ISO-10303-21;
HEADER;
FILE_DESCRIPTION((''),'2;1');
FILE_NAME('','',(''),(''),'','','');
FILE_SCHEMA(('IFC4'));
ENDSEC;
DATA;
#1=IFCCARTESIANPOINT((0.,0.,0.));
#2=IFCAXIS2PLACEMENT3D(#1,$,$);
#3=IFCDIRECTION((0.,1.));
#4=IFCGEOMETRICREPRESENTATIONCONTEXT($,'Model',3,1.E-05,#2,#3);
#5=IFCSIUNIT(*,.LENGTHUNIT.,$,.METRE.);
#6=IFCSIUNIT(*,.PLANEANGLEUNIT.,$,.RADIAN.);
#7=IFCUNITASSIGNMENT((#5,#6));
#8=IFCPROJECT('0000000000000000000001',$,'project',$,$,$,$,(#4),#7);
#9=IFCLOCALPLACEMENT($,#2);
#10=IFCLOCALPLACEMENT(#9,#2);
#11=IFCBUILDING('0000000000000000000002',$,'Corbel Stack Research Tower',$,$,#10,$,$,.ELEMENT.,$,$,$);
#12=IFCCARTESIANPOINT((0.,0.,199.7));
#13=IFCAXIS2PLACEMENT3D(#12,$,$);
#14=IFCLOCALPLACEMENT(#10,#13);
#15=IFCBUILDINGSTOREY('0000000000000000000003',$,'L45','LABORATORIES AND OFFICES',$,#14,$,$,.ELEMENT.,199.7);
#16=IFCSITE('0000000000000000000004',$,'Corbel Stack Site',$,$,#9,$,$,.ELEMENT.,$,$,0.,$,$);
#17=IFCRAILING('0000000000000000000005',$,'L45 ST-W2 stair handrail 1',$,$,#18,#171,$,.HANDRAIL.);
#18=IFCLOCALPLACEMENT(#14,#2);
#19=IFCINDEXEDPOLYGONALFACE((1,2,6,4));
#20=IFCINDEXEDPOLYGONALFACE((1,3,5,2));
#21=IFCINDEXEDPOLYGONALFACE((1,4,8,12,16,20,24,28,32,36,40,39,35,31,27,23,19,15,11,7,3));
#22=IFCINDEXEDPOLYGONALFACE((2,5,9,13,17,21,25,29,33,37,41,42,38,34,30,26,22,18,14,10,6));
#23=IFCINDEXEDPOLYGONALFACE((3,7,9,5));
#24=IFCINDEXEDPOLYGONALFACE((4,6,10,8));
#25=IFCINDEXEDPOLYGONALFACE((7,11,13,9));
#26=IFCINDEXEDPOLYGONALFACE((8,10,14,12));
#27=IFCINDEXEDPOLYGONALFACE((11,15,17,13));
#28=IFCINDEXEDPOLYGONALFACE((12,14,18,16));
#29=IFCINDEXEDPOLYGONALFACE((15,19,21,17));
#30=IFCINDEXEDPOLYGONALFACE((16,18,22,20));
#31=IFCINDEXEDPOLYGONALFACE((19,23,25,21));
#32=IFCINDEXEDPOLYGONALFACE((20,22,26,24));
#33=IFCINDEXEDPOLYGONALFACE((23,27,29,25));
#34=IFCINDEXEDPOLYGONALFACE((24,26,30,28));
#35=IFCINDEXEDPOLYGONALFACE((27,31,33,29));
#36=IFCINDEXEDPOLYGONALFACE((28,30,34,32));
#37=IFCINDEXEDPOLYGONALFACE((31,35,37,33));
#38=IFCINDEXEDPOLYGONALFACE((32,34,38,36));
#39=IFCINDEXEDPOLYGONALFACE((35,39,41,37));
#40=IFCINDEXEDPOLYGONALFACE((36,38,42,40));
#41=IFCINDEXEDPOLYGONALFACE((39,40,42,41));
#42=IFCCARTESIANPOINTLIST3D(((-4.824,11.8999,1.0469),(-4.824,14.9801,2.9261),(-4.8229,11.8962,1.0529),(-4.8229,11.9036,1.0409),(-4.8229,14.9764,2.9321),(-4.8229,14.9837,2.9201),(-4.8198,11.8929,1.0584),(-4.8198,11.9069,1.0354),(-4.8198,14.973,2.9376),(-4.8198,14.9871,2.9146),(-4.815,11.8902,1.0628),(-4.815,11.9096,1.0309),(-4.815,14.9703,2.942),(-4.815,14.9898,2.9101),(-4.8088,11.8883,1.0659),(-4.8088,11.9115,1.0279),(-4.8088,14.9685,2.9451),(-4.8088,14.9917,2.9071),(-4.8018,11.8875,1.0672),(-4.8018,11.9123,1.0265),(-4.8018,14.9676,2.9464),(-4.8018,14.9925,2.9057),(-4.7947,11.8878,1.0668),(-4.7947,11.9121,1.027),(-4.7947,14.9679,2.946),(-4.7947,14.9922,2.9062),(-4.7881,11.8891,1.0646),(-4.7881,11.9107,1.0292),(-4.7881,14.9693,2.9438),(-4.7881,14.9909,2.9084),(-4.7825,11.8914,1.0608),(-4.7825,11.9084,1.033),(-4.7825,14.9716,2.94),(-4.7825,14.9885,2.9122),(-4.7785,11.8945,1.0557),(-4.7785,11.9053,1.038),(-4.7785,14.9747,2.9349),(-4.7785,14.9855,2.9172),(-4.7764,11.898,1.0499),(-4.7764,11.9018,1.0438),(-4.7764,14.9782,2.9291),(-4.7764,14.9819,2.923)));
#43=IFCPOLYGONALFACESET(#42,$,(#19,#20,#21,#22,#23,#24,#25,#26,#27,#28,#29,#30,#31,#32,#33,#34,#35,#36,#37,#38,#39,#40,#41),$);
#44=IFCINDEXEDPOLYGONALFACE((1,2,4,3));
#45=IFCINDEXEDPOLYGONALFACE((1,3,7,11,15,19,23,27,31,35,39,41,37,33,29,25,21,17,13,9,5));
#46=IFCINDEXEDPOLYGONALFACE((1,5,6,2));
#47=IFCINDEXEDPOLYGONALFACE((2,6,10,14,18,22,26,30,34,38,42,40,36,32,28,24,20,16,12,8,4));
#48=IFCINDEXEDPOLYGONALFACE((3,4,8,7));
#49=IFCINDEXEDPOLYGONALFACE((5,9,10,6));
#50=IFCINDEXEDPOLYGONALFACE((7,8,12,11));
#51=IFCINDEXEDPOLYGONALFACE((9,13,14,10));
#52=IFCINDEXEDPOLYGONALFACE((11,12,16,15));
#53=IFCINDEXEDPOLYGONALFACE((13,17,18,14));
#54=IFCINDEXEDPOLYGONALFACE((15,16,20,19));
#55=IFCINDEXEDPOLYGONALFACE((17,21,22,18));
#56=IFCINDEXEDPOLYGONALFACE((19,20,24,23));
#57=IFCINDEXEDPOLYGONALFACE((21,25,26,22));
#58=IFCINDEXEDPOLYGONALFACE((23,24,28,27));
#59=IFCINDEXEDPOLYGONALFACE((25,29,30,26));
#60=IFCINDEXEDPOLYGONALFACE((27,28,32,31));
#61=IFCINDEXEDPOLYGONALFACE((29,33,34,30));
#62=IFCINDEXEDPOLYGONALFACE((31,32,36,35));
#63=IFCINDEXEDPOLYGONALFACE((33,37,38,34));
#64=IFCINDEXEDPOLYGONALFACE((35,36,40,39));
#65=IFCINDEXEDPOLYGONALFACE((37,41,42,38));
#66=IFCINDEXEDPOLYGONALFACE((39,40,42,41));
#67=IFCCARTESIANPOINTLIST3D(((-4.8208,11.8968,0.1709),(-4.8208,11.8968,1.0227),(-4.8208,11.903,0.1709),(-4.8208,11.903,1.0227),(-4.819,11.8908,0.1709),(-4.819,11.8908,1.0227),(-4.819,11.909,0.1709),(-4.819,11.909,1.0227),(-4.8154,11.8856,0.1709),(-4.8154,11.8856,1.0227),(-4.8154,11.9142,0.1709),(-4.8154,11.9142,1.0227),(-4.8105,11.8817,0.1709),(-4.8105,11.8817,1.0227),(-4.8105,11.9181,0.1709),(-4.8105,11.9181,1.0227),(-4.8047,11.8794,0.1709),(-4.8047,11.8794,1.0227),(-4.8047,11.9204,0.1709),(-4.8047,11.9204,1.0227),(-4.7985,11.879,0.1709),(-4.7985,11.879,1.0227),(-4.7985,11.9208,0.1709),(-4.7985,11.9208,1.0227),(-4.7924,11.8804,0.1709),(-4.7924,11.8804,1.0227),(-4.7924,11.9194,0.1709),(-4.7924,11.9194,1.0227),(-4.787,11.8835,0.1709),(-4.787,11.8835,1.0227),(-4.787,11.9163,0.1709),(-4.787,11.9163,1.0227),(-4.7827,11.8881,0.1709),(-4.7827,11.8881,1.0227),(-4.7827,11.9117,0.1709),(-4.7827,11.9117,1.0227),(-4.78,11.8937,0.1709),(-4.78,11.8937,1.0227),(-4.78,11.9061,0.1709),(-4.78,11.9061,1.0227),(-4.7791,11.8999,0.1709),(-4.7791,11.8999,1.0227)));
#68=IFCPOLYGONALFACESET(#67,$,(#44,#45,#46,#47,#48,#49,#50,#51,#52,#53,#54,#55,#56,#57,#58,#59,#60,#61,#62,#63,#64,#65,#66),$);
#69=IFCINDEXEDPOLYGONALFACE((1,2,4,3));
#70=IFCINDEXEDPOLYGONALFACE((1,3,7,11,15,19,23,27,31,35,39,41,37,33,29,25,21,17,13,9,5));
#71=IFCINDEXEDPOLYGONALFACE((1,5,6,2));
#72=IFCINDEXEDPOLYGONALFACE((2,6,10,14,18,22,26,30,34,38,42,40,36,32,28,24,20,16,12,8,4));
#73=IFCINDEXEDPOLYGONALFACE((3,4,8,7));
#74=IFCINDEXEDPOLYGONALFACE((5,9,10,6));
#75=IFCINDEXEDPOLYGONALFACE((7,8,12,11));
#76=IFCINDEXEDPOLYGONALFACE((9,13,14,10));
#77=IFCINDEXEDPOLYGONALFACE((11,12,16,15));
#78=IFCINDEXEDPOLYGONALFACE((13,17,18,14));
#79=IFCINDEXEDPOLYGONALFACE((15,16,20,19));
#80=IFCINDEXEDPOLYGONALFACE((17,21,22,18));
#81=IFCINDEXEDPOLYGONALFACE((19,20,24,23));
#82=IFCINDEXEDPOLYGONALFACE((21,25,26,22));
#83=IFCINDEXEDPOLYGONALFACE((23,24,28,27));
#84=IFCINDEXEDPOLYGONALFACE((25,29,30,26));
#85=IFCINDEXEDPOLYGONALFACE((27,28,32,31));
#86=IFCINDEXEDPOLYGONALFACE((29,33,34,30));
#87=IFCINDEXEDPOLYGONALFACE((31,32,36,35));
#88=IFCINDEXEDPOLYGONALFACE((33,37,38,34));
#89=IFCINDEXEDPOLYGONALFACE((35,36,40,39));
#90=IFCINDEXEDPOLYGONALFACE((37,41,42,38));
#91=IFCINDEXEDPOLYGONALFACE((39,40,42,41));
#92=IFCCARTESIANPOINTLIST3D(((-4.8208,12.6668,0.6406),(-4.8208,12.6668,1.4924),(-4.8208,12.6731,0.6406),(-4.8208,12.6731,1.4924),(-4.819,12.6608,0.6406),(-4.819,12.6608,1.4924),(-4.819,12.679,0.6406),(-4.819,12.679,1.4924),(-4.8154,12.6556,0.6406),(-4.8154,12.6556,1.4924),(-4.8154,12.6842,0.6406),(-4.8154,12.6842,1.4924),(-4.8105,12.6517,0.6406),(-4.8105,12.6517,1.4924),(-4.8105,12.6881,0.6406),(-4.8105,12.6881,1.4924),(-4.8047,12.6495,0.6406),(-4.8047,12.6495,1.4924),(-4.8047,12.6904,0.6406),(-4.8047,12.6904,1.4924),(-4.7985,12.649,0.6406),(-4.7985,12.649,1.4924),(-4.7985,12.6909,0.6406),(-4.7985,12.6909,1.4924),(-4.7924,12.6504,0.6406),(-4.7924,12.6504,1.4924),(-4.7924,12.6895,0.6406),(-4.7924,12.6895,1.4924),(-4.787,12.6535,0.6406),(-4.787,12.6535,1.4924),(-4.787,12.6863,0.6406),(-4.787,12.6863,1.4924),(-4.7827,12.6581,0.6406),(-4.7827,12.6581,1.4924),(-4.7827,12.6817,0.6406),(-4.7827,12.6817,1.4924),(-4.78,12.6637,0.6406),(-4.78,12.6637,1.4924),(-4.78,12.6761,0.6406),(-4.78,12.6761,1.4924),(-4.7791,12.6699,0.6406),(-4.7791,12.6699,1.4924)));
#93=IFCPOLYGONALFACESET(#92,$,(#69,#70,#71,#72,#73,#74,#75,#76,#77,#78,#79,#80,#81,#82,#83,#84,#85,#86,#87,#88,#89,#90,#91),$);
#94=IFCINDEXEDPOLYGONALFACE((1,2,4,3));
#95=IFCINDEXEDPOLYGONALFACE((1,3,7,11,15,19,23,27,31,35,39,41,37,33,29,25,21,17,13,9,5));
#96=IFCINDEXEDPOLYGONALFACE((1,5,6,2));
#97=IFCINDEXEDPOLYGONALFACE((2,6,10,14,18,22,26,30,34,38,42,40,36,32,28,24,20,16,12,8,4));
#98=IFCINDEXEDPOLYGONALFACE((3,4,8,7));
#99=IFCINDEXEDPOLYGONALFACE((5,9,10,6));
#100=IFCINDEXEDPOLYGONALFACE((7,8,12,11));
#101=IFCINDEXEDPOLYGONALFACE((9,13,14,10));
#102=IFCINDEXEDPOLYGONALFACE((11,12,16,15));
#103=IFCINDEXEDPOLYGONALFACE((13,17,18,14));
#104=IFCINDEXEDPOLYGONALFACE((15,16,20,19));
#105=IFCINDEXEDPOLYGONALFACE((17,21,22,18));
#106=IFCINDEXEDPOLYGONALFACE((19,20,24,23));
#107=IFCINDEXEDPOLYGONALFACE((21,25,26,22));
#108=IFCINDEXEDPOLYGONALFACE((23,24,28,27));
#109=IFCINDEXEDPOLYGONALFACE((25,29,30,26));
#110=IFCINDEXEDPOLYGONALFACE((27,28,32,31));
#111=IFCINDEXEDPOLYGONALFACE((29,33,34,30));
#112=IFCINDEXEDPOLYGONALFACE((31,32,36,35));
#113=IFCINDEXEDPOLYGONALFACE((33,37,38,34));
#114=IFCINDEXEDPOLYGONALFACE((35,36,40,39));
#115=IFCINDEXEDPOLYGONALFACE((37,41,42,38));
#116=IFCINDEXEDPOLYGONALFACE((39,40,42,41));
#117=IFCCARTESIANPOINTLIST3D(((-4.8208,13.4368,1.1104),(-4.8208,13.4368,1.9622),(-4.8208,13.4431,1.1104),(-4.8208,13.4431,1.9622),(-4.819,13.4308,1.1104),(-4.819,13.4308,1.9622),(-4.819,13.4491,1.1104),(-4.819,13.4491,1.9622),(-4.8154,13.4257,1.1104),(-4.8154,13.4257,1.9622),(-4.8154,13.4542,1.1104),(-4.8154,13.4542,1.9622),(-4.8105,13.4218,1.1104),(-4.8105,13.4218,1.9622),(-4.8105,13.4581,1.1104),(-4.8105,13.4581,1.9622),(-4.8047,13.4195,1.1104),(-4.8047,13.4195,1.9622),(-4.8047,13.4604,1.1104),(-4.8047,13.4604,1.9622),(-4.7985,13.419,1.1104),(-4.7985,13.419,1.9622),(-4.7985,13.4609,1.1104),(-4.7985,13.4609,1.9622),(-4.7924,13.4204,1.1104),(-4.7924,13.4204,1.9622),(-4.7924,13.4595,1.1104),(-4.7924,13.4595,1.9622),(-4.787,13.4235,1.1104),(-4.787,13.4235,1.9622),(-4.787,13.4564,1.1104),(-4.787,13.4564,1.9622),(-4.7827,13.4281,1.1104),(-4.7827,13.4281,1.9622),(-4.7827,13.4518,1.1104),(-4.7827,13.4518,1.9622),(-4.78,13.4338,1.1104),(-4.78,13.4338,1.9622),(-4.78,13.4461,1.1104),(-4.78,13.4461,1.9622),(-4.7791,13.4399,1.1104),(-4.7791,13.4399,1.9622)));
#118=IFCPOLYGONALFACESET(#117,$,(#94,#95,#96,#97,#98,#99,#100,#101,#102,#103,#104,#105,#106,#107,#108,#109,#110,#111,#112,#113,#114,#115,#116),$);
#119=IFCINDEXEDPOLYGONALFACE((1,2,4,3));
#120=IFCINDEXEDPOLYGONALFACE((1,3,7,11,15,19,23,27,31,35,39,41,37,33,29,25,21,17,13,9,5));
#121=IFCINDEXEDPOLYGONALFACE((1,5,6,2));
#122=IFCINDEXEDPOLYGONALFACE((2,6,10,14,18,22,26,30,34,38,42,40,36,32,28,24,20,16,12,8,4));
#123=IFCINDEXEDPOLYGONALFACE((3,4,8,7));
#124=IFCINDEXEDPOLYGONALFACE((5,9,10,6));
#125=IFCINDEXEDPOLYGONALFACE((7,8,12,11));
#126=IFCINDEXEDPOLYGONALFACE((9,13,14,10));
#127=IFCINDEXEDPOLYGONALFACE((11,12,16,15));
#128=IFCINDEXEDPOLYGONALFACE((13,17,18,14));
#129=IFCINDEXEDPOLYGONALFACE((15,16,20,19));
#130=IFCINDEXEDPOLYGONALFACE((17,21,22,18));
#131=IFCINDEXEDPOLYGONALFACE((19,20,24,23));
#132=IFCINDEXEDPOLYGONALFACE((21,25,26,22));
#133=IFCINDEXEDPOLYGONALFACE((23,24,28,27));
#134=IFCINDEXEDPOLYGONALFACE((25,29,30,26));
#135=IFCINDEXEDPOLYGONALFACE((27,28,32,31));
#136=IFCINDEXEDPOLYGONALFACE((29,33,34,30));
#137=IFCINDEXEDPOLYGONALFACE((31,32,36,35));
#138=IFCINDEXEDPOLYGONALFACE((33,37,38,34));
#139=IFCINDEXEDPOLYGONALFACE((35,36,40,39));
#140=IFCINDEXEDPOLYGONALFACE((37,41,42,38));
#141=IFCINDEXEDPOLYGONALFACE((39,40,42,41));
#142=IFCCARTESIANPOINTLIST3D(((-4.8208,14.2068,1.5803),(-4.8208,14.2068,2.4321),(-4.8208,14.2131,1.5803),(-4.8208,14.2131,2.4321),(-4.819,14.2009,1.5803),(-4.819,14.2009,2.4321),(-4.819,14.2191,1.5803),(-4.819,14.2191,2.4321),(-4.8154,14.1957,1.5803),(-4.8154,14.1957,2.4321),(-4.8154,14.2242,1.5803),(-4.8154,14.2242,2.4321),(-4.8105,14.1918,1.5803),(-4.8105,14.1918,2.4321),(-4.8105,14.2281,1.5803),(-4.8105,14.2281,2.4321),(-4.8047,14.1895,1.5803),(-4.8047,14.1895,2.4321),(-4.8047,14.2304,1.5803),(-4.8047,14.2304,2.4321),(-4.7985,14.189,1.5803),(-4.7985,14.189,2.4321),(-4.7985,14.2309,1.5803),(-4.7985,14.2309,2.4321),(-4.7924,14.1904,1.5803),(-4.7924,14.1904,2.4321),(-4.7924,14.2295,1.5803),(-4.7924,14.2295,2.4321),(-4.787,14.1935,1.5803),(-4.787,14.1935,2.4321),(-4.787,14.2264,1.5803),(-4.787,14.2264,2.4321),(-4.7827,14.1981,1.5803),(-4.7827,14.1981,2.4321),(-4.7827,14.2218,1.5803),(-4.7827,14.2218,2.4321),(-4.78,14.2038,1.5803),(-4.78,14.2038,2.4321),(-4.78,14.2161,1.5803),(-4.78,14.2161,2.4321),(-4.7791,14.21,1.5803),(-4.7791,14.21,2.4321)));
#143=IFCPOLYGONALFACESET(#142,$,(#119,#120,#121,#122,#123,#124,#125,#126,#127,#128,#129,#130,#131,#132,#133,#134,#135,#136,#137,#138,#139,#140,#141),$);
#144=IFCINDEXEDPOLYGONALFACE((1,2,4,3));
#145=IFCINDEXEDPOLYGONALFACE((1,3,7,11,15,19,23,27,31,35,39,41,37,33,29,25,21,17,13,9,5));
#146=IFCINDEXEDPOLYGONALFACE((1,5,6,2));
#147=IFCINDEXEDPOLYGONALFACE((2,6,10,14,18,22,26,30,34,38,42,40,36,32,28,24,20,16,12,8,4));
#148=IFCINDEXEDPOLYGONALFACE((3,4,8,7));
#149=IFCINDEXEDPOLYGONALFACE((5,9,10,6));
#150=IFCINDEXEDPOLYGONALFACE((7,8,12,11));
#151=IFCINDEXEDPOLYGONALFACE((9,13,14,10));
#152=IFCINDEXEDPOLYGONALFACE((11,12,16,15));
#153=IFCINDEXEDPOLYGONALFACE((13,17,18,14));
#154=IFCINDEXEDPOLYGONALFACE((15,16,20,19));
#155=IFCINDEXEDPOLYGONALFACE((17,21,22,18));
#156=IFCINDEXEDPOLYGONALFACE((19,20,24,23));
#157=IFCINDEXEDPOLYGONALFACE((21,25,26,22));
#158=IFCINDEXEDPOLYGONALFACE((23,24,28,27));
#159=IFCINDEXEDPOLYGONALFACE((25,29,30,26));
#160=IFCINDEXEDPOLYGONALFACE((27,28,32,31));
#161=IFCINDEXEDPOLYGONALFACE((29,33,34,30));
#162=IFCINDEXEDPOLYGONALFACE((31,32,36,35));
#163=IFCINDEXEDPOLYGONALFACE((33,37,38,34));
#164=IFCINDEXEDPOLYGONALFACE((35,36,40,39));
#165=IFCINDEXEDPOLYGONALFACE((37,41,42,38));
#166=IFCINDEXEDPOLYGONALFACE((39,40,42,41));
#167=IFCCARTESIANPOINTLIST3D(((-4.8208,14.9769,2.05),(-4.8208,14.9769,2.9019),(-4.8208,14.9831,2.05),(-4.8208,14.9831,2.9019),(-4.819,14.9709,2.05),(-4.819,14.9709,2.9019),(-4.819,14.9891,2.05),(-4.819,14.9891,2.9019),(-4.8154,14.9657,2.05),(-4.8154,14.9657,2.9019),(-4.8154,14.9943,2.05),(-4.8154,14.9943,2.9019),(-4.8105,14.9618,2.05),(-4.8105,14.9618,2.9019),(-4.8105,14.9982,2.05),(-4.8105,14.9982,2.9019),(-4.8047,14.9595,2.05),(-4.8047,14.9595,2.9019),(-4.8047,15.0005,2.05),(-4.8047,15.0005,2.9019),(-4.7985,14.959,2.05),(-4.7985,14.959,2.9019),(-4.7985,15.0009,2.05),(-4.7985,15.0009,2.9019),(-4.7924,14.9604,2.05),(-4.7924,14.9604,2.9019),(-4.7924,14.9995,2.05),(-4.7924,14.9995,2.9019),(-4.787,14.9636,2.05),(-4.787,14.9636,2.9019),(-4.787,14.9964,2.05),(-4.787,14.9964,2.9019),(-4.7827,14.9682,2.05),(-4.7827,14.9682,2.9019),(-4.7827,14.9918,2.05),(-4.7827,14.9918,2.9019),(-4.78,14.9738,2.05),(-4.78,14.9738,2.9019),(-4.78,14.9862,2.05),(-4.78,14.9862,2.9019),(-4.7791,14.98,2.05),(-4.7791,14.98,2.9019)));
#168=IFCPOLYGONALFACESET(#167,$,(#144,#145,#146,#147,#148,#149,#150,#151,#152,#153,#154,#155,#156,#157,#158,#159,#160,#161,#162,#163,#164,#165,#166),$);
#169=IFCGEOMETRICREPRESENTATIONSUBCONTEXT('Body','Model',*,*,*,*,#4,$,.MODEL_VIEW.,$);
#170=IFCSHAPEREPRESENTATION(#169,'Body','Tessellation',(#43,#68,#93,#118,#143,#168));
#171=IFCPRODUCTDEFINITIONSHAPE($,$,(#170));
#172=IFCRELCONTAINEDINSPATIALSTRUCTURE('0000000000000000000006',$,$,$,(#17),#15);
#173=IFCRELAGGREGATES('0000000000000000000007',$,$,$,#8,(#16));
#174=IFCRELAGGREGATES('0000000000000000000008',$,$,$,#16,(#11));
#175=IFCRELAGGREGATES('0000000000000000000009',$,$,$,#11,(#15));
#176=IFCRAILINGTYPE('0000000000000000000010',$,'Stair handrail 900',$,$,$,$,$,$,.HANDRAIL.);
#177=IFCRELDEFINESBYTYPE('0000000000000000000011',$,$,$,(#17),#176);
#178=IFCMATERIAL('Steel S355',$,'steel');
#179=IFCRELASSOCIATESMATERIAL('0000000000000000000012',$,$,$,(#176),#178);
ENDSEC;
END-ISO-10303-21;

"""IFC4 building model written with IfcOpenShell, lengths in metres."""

from ifc_helpers import new_model, si_unit, direction, frame, origin, origin_2d, place, context, subcontext, project, spatial, circle, extrude, material, type_object, element, save


model = new_model("IFC4")

# Units and contexts
model_context = context("Model", 3, precision=1e-05, world=origin(), true_north=direction((0.0, 1.0)))
body_context = subcontext(model_context, "Body", "Model", "MODEL_VIEW")
ifc_project = project(units=[si_unit("LENGTHUNIT", "METRE"), si_unit("PLANEANGLEUNIT", "RADIAN")], contexts=[model_context])

# Site, building, storey
site_placement = place(None, origin())
site = spatial("IfcSite", under=ifc_project, at=site_placement, Name="Corbel Stack Site", CompositionType="ELEMENT", RefElevation=0.0)
building_placement = place(site_placement, origin())
building = spatial("IfcBuilding", under=site, at=building_placement, Name="Corbel Stack Research Tower", CompositionType="ELEMENT")
storey_placement = place(building_placement, frame((0.0, 0.0, 199.7)))
storey = spatial("IfcBuildingStorey", under=building, at=storey_placement, Name="L45", Description="LABORATORIES AND OFFICES", CompositionType="ELEMENT", Elevation=199.7)

# Railing
ifc_material_1 = material(Name="Steel S355", Category="steel")
railing_type = type_object("IfcRailingType", Name="Stair handrail 900", PredefinedType="HANDRAIL", material=ifc_material_1)
railing_placement = place(storey_placement, frame((-4.8, 11.8999, 0.1709)))
element("IfcRailing", 1, at=railing_placement, inside=storey, type_object=railing_type, Name="L45 ST-W2 stair handrail 1", PredefinedType="HANDRAIL", context=body_context, shape_type="SweptSolid", body=[
    extrude(circle(Radius=0.0239, at=origin_2d()), frame((0.0, 0.0, 0.876), z_axis=(0.0, 0.853666, 0.52082), x_axis=(-1.0, 0.0, 0.0)), (0.0, 0.0, 1.0), 3.6082),
    extrude(circle(Radius=0.021, at=origin_2d()), origin(), (0.0, 0.0, 1.0), 0.8518),
    extrude(circle(Radius=0.021, at=origin_2d()), frame((0.0, 0.77, 0.4697)), (0.0, 0.0, 1.0), 0.8518),
    extrude(circle(Radius=0.021, at=origin_2d()), frame((0.0, 1.54, 0.9395)), (0.0, 0.0, 1.0), 0.8518),
    extrude(circle(Radius=0.021, at=origin_2d()), frame((0.0, 2.3101, 1.4094)), (0.0, 0.0, 1.0), 0.8518),
    extrude(circle(Radius=0.021, at=origin_2d()), frame((0.0, 3.0801, 1.8792)), (0.0, 0.0, 1.0), 0.8518),
])

save(model, "model.ifc")
